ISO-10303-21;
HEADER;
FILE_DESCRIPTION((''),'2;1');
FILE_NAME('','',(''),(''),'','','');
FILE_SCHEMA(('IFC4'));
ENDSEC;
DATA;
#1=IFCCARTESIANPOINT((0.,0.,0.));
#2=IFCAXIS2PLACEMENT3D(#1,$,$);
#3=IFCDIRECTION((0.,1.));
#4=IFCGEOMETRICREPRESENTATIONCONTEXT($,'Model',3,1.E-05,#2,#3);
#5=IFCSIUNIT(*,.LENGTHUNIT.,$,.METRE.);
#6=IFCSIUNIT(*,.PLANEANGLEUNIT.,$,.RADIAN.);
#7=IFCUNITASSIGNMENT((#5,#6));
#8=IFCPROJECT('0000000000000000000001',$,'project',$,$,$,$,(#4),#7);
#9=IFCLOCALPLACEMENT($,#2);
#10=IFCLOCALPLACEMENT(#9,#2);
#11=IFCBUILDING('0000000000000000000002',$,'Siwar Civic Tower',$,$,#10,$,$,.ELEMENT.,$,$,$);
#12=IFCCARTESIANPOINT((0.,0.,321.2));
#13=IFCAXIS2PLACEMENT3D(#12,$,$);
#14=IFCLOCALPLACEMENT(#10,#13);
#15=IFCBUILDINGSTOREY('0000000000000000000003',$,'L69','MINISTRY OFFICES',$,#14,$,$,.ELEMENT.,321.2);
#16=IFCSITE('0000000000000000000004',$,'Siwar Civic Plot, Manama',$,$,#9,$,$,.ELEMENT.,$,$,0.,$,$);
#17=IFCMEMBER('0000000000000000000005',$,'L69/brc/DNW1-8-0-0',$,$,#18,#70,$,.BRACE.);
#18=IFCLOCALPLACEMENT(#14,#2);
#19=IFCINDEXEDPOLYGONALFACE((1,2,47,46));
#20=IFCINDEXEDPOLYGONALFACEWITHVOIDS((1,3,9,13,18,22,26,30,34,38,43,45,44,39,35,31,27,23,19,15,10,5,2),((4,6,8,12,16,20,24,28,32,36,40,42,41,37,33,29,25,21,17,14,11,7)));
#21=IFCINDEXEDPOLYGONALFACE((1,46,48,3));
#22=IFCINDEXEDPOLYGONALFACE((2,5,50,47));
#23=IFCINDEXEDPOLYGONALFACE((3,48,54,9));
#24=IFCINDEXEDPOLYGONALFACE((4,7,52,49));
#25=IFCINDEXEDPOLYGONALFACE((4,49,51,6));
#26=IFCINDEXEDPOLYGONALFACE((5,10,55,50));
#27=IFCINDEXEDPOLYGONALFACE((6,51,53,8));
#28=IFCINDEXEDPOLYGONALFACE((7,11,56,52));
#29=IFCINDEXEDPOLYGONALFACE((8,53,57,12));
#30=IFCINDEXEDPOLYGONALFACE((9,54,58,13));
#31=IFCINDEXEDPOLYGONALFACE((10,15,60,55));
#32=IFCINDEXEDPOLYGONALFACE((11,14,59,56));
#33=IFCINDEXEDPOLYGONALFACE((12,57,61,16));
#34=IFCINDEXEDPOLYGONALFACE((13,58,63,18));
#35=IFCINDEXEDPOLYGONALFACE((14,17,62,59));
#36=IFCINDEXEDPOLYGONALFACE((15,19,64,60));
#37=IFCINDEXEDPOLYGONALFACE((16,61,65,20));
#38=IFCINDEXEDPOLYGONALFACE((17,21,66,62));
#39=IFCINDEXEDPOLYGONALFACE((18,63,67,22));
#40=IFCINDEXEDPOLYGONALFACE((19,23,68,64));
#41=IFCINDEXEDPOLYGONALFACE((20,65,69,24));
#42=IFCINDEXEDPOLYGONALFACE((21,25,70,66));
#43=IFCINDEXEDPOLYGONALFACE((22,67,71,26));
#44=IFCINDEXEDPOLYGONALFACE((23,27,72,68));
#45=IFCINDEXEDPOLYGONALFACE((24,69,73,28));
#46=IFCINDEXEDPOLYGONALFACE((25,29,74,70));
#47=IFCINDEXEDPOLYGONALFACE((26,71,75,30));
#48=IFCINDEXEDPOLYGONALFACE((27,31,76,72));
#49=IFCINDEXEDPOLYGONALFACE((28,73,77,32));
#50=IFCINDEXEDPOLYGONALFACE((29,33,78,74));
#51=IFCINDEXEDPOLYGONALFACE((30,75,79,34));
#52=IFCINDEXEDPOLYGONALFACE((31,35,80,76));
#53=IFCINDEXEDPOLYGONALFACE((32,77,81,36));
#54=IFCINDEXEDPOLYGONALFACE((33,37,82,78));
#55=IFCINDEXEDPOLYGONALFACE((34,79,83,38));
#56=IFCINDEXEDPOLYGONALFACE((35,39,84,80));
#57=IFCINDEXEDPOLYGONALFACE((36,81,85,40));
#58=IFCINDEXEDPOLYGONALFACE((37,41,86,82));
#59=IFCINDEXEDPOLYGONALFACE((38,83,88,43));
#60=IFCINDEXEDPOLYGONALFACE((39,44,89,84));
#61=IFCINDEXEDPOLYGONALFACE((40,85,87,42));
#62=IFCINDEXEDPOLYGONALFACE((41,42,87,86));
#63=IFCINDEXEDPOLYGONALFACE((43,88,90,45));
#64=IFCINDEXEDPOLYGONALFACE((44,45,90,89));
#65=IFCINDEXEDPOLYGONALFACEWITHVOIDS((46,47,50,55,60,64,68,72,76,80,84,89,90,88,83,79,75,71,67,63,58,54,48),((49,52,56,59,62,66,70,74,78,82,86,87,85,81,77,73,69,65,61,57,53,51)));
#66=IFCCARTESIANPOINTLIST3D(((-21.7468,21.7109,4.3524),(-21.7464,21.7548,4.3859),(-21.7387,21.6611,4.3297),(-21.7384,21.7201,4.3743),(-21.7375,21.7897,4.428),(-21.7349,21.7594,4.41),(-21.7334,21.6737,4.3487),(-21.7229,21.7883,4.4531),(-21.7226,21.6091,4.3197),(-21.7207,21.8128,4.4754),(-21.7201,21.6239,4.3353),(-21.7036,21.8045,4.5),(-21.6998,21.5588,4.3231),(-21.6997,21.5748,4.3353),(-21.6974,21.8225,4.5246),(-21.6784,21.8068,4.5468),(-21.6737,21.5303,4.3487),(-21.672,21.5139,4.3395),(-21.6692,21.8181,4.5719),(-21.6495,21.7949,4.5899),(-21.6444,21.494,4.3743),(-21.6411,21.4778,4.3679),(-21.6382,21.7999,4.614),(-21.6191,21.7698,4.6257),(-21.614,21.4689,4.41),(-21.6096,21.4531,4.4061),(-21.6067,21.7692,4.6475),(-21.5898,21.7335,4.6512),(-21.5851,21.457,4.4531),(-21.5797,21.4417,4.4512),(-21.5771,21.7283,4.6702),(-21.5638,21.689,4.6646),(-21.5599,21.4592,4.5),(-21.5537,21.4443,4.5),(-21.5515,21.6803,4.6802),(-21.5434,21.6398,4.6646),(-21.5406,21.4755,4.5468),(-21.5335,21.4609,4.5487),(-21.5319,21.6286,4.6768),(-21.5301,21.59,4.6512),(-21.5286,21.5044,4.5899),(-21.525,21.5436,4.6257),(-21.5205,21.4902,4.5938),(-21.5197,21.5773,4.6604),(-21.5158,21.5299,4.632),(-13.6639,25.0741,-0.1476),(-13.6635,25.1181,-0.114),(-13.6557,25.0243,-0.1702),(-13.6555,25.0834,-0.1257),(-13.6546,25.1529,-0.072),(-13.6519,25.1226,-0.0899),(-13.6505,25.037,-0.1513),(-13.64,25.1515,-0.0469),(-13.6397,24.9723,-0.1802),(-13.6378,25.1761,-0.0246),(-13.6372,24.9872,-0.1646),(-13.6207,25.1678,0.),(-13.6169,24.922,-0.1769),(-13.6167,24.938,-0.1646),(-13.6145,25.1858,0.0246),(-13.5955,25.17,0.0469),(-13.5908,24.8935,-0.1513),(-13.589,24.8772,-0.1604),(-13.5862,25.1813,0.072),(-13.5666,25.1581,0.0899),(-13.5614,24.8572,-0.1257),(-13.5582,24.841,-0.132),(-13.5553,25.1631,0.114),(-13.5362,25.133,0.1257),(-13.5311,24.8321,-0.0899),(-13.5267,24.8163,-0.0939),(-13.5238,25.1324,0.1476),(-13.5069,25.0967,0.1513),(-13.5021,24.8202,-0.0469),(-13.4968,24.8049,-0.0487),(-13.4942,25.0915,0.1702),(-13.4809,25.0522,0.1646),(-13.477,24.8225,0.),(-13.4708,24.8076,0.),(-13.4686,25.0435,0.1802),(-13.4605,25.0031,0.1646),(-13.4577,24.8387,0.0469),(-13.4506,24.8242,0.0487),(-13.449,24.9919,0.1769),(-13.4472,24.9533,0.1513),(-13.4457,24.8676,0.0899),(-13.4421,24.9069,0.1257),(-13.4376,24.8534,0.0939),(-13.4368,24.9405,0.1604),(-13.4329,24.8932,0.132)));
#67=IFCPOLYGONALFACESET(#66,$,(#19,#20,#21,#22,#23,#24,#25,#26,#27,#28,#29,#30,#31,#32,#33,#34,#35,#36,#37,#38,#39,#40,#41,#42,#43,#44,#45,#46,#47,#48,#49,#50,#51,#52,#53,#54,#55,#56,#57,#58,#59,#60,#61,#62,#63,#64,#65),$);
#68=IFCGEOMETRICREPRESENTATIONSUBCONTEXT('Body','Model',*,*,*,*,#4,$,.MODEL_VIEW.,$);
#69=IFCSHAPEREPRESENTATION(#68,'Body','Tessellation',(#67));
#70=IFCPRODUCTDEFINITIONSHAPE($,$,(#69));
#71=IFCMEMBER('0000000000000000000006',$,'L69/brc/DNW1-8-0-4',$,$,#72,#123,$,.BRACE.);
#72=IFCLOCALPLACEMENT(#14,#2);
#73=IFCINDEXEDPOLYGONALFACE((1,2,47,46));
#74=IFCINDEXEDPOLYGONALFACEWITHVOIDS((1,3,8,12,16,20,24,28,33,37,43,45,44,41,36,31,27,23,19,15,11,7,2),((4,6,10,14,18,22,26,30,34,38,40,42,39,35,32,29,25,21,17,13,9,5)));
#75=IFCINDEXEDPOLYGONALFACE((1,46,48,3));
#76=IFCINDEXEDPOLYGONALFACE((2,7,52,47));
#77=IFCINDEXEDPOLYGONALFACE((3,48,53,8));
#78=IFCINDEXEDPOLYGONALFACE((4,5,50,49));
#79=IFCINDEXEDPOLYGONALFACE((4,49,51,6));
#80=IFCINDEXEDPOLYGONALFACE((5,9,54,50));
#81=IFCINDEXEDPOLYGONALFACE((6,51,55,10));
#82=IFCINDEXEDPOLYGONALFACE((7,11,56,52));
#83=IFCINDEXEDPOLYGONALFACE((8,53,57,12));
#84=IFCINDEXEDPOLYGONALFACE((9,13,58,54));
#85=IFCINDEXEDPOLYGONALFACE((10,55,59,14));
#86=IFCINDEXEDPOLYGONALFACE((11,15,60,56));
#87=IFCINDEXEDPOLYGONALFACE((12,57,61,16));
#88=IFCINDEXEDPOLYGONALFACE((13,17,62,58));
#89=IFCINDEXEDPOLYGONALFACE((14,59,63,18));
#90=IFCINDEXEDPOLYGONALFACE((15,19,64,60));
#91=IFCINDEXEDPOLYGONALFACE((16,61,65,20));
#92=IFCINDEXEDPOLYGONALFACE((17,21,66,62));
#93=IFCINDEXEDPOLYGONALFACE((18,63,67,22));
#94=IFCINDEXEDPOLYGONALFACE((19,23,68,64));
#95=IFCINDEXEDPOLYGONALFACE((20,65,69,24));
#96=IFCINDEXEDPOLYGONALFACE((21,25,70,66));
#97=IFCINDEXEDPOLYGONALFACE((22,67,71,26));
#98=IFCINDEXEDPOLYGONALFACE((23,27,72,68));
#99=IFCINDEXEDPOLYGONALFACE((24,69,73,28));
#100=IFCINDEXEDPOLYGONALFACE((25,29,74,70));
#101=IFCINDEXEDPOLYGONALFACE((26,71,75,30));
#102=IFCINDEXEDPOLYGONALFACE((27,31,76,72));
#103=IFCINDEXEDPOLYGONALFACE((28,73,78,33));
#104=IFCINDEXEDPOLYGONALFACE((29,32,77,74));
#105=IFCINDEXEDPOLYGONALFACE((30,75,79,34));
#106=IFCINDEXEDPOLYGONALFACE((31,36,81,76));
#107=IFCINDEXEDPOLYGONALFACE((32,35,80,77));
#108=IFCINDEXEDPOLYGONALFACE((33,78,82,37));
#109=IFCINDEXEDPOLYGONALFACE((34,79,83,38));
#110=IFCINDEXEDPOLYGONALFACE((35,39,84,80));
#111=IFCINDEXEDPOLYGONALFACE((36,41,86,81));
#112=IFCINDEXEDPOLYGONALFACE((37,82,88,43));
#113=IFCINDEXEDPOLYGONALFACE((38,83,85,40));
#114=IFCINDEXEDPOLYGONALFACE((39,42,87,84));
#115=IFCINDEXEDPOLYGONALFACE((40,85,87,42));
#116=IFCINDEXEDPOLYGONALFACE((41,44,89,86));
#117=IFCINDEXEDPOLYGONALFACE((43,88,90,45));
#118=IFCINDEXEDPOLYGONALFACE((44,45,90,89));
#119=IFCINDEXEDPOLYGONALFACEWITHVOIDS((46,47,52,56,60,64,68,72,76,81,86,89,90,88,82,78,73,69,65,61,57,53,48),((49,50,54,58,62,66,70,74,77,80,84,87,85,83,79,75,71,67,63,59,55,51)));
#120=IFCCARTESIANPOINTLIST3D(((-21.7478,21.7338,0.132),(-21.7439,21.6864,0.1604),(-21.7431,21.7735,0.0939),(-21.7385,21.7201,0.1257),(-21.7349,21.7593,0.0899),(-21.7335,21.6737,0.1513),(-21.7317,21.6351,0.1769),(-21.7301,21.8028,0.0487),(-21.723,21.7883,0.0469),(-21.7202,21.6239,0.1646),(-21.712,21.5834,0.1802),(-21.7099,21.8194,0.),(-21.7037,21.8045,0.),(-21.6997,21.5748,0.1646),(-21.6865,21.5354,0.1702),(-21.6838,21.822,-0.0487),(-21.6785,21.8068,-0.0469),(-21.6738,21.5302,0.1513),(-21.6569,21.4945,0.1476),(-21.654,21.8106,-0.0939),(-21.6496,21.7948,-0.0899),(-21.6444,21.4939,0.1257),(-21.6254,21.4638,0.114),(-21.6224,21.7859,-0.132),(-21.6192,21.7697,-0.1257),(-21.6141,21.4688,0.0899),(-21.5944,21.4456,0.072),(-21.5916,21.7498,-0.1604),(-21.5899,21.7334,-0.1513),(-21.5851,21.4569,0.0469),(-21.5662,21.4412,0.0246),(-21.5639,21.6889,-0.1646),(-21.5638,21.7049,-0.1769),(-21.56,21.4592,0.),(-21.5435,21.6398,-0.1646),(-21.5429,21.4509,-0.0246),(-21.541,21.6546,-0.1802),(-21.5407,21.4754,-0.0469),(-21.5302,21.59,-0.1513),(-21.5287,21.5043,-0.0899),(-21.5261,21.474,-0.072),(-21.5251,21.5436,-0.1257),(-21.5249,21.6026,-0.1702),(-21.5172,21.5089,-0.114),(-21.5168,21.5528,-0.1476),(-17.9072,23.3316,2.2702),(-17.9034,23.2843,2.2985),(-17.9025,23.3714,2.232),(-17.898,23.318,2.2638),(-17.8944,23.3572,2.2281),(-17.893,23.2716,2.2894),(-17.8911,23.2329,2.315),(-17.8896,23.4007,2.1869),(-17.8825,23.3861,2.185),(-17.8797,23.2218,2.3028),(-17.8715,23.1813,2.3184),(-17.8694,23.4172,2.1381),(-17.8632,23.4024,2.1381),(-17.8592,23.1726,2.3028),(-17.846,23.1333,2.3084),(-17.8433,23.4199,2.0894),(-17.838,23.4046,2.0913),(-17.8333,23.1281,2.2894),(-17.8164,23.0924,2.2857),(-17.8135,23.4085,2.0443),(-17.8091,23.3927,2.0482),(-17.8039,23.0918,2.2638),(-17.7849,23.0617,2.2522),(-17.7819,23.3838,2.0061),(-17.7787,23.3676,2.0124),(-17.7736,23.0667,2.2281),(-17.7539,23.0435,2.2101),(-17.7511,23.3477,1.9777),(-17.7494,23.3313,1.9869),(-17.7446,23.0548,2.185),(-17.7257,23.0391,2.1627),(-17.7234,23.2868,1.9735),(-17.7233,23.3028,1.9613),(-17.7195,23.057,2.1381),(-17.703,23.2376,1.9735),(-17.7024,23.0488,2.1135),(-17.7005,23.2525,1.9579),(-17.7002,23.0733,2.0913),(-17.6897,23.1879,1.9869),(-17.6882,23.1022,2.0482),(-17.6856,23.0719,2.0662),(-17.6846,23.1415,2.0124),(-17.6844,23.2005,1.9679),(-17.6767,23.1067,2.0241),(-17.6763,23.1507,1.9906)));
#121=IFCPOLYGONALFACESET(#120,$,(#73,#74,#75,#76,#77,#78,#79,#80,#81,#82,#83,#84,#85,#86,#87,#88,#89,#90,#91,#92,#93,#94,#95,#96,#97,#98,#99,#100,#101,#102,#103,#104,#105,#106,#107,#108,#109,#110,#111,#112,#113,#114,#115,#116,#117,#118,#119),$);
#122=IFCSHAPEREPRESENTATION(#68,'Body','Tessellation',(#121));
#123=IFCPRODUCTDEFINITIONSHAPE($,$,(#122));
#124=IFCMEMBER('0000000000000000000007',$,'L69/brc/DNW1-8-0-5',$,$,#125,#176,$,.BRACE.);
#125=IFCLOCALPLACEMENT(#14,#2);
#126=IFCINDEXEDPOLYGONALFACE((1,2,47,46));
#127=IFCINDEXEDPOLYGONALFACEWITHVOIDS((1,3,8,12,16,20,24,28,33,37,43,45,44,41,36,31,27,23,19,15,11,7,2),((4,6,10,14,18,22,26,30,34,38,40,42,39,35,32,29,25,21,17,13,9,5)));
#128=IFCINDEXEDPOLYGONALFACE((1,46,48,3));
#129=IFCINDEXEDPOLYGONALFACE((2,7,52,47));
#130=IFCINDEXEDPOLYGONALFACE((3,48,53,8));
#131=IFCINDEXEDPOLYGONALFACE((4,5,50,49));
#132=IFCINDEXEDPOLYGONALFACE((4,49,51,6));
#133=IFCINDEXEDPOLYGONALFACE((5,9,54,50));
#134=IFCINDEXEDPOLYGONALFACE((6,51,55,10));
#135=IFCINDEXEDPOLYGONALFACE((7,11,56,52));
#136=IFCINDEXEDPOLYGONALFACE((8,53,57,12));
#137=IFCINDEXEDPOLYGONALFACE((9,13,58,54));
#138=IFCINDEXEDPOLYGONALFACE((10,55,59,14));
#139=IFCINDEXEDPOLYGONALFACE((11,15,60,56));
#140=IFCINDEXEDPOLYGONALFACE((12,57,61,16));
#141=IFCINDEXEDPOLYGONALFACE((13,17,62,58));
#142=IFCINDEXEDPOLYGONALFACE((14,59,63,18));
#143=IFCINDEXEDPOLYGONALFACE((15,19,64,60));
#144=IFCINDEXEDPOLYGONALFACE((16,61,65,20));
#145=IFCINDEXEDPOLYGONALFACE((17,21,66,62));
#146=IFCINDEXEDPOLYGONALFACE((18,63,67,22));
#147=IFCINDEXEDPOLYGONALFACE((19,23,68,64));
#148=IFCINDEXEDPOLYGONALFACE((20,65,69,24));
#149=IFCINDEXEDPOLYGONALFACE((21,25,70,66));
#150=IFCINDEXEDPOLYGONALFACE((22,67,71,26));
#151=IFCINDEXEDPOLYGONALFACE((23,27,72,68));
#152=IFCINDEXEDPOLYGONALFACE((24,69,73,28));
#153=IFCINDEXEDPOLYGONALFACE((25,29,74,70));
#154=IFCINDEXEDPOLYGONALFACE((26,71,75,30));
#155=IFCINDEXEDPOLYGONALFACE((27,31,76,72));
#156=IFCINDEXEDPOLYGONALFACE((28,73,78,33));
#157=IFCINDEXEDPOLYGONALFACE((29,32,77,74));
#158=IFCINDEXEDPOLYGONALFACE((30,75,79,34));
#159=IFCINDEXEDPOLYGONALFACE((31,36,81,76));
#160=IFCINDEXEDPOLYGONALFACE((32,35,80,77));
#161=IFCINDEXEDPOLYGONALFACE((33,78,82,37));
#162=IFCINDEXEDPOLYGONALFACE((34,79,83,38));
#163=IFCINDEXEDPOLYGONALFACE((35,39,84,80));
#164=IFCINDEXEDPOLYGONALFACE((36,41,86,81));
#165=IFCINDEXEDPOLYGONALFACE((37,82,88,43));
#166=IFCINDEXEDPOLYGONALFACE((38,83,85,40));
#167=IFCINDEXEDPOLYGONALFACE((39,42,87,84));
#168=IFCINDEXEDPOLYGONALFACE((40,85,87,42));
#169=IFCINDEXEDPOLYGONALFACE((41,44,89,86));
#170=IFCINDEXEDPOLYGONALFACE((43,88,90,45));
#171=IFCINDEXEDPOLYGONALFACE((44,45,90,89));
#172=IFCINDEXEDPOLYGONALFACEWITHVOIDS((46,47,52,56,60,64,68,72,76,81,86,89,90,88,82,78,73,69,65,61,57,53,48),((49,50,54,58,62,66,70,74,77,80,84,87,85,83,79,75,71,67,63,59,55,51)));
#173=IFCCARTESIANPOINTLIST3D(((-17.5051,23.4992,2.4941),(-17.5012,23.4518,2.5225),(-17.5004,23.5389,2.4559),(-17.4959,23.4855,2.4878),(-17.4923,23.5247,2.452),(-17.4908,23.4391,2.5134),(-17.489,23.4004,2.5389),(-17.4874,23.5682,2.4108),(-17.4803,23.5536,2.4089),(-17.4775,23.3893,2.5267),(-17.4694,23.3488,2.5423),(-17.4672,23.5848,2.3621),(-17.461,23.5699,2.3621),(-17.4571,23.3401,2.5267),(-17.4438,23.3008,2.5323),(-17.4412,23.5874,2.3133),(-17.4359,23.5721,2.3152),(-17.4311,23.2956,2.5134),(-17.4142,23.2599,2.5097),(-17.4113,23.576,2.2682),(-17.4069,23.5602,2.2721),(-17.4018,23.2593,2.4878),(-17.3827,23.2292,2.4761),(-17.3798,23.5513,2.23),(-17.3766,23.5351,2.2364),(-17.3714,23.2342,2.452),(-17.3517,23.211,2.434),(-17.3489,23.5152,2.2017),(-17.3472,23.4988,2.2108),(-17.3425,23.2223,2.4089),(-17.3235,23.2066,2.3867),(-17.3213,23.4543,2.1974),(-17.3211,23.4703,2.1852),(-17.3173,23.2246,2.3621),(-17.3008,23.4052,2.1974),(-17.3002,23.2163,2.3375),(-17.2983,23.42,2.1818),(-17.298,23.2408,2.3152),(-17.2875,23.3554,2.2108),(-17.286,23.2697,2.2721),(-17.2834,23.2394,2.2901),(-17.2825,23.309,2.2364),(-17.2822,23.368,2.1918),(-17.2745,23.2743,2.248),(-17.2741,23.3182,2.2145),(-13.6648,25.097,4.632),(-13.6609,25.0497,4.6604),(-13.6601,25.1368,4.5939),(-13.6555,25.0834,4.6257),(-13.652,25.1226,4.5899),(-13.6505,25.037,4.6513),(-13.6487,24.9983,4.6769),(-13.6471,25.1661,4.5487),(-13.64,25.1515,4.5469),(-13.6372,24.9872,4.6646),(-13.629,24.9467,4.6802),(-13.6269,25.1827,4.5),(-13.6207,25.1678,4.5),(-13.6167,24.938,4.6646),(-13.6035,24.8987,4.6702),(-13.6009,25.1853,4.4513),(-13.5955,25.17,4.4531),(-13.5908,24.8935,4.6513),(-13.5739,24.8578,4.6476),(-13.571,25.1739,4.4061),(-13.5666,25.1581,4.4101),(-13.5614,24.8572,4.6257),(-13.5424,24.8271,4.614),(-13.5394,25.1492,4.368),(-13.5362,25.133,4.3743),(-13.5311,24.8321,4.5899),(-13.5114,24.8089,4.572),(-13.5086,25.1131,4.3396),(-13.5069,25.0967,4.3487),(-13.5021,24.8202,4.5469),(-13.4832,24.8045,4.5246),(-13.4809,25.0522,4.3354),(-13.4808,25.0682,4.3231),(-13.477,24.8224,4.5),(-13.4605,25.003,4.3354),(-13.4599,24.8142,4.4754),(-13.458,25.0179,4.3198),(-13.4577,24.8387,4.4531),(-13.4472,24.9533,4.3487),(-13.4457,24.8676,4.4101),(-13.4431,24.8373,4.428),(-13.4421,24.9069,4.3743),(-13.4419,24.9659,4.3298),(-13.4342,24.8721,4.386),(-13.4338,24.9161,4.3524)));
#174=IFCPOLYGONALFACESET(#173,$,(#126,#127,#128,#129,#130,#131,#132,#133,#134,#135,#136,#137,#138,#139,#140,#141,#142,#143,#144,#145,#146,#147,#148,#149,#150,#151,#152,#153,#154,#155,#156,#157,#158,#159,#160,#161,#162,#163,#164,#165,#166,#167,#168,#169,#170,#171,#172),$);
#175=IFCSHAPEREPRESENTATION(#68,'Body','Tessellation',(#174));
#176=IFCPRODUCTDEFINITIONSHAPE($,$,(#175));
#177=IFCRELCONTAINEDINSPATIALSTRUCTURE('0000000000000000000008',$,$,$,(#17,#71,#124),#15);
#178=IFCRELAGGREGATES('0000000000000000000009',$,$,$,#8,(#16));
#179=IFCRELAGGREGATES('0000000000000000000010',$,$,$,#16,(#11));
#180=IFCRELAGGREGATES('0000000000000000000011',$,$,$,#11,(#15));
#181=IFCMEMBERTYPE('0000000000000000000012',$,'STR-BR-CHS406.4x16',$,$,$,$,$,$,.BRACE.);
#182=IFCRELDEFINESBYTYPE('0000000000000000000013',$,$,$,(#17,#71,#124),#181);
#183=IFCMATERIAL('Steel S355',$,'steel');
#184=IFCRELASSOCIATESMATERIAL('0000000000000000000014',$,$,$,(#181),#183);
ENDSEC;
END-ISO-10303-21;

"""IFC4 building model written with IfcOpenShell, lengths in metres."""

from ifc_helpers import new_model, si_unit, direction, frame, origin, origin_2d, place, context, subcontext, project, spatial, hollow_circle, extrude, material, material_profile, profile_set, type_object, element, save


model = new_model("IFC4")

# Units and contexts
model_context = context("Model", 3, precision=1e-05, world=origin(), true_north=direction((0.0, 1.0)))
body_context = subcontext(model_context, "Body", "Model", "MODEL_VIEW")
ifc_project = project(units=[si_unit("LENGTHUNIT", "METRE"), si_unit("PLANEANGLEUNIT", "RADIAN")], contexts=[model_context])

# Site, building, storey
site_placement = place(None, origin())
site = spatial("IfcSite", under=ifc_project, at=site_placement, Name="Siwar Civic Plot, Manama", CompositionType="ELEMENT", RefElevation=0.0)
building_placement = place(site_placement, origin())
building = spatial("IfcBuilding", under=site, at=building_placement, Name="Siwar Civic Tower", CompositionType="ELEMENT")
storey_placement = place(building_placement, frame((0.0, 0.0, 321.2)))
storey = spatial("IfcBuildingStorey", under=building, at=storey_placement, Name="L69", Description="MINISTRY OFFICES", CompositionType="ELEMENT", Elevation=321.2)

# Members
ifc_material_1 = material(Name="Steel S355", Category="steel")
ifc_material_profile_1 = material_profile(ifc_material_1, hollow_circle(Radius=0.2031, WallThickness=0.0161, at=origin_2d()), Name="CHS406.4x16")
ifc_profile_set_1 = profile_set([ifc_material_profile_1], Name="Steel S355")
member_type_1 = type_object("IfcMemberType", Name="STR-BR-CHS406.4x16", PredefinedType="BRACE", material=ifc_profile_set_1)
member_1_placement = place(storey_placement, frame((-13.5488, 24.9951, 0.0), z_axis=(-0.821143, -0.341671, 0.457149), x_axis=(0.384164, -0.923265, 0.0)))
element("IfcMember", 1, at=member_1_placement, inside=storey, type_object=member_type_1, Name="L69/brc/DNW1-8-0-0", PredefinedType="BRACE", context=body_context, shape_type="SweptSolid", body=[
    extrude(hollow_circle(Radius=0.2031, WallThickness=0.0161, at=origin_2d()), origin(), (0.0, 0.0, 1.0), 9.8435),
])
member_2_placement = place(storey_placement, frame((-21.6318, 21.6318, 0.0), z_axis=(0.821147, 0.341644, 0.457161), x_axis=(-0.384136, 0.923276, 0.0)))
element("IfcMember", 2, at=member_2_placement, inside=storey, type_object=member_type_1, Name="L69/brc/DNW1-8-0-4", PredefinedType="BRACE", context=body_context, shape_type="SweptSolid", body=[
    extrude(hollow_circle(Radius=0.2031, WallThickness=0.0161, at=origin_2d()), origin(), (0.0, 0.0, 1.0), 4.677),
])
member_3_placement = place(storey_placement, frame((-17.3892, 23.3972, 2.3621), z_axis=(0.82115, 0.341667, 0.45714), x_axis=(-0.384157, 0.923268, 0.0)))
element("IfcMember", 3, at=member_3_placement, inside=storey, type_object=member_type_1, Name="L69/brc/DNW1-8-0-5", PredefinedType="BRACE", context=body_context, shape_type="SweptSolid", body=[
    extrude(hollow_circle(Radius=0.2031, WallThickness=0.0161, at=origin_2d()), origin(), (0.0, 0.0, 1.0), 4.6768),
])

save(model, "model.ifc")
